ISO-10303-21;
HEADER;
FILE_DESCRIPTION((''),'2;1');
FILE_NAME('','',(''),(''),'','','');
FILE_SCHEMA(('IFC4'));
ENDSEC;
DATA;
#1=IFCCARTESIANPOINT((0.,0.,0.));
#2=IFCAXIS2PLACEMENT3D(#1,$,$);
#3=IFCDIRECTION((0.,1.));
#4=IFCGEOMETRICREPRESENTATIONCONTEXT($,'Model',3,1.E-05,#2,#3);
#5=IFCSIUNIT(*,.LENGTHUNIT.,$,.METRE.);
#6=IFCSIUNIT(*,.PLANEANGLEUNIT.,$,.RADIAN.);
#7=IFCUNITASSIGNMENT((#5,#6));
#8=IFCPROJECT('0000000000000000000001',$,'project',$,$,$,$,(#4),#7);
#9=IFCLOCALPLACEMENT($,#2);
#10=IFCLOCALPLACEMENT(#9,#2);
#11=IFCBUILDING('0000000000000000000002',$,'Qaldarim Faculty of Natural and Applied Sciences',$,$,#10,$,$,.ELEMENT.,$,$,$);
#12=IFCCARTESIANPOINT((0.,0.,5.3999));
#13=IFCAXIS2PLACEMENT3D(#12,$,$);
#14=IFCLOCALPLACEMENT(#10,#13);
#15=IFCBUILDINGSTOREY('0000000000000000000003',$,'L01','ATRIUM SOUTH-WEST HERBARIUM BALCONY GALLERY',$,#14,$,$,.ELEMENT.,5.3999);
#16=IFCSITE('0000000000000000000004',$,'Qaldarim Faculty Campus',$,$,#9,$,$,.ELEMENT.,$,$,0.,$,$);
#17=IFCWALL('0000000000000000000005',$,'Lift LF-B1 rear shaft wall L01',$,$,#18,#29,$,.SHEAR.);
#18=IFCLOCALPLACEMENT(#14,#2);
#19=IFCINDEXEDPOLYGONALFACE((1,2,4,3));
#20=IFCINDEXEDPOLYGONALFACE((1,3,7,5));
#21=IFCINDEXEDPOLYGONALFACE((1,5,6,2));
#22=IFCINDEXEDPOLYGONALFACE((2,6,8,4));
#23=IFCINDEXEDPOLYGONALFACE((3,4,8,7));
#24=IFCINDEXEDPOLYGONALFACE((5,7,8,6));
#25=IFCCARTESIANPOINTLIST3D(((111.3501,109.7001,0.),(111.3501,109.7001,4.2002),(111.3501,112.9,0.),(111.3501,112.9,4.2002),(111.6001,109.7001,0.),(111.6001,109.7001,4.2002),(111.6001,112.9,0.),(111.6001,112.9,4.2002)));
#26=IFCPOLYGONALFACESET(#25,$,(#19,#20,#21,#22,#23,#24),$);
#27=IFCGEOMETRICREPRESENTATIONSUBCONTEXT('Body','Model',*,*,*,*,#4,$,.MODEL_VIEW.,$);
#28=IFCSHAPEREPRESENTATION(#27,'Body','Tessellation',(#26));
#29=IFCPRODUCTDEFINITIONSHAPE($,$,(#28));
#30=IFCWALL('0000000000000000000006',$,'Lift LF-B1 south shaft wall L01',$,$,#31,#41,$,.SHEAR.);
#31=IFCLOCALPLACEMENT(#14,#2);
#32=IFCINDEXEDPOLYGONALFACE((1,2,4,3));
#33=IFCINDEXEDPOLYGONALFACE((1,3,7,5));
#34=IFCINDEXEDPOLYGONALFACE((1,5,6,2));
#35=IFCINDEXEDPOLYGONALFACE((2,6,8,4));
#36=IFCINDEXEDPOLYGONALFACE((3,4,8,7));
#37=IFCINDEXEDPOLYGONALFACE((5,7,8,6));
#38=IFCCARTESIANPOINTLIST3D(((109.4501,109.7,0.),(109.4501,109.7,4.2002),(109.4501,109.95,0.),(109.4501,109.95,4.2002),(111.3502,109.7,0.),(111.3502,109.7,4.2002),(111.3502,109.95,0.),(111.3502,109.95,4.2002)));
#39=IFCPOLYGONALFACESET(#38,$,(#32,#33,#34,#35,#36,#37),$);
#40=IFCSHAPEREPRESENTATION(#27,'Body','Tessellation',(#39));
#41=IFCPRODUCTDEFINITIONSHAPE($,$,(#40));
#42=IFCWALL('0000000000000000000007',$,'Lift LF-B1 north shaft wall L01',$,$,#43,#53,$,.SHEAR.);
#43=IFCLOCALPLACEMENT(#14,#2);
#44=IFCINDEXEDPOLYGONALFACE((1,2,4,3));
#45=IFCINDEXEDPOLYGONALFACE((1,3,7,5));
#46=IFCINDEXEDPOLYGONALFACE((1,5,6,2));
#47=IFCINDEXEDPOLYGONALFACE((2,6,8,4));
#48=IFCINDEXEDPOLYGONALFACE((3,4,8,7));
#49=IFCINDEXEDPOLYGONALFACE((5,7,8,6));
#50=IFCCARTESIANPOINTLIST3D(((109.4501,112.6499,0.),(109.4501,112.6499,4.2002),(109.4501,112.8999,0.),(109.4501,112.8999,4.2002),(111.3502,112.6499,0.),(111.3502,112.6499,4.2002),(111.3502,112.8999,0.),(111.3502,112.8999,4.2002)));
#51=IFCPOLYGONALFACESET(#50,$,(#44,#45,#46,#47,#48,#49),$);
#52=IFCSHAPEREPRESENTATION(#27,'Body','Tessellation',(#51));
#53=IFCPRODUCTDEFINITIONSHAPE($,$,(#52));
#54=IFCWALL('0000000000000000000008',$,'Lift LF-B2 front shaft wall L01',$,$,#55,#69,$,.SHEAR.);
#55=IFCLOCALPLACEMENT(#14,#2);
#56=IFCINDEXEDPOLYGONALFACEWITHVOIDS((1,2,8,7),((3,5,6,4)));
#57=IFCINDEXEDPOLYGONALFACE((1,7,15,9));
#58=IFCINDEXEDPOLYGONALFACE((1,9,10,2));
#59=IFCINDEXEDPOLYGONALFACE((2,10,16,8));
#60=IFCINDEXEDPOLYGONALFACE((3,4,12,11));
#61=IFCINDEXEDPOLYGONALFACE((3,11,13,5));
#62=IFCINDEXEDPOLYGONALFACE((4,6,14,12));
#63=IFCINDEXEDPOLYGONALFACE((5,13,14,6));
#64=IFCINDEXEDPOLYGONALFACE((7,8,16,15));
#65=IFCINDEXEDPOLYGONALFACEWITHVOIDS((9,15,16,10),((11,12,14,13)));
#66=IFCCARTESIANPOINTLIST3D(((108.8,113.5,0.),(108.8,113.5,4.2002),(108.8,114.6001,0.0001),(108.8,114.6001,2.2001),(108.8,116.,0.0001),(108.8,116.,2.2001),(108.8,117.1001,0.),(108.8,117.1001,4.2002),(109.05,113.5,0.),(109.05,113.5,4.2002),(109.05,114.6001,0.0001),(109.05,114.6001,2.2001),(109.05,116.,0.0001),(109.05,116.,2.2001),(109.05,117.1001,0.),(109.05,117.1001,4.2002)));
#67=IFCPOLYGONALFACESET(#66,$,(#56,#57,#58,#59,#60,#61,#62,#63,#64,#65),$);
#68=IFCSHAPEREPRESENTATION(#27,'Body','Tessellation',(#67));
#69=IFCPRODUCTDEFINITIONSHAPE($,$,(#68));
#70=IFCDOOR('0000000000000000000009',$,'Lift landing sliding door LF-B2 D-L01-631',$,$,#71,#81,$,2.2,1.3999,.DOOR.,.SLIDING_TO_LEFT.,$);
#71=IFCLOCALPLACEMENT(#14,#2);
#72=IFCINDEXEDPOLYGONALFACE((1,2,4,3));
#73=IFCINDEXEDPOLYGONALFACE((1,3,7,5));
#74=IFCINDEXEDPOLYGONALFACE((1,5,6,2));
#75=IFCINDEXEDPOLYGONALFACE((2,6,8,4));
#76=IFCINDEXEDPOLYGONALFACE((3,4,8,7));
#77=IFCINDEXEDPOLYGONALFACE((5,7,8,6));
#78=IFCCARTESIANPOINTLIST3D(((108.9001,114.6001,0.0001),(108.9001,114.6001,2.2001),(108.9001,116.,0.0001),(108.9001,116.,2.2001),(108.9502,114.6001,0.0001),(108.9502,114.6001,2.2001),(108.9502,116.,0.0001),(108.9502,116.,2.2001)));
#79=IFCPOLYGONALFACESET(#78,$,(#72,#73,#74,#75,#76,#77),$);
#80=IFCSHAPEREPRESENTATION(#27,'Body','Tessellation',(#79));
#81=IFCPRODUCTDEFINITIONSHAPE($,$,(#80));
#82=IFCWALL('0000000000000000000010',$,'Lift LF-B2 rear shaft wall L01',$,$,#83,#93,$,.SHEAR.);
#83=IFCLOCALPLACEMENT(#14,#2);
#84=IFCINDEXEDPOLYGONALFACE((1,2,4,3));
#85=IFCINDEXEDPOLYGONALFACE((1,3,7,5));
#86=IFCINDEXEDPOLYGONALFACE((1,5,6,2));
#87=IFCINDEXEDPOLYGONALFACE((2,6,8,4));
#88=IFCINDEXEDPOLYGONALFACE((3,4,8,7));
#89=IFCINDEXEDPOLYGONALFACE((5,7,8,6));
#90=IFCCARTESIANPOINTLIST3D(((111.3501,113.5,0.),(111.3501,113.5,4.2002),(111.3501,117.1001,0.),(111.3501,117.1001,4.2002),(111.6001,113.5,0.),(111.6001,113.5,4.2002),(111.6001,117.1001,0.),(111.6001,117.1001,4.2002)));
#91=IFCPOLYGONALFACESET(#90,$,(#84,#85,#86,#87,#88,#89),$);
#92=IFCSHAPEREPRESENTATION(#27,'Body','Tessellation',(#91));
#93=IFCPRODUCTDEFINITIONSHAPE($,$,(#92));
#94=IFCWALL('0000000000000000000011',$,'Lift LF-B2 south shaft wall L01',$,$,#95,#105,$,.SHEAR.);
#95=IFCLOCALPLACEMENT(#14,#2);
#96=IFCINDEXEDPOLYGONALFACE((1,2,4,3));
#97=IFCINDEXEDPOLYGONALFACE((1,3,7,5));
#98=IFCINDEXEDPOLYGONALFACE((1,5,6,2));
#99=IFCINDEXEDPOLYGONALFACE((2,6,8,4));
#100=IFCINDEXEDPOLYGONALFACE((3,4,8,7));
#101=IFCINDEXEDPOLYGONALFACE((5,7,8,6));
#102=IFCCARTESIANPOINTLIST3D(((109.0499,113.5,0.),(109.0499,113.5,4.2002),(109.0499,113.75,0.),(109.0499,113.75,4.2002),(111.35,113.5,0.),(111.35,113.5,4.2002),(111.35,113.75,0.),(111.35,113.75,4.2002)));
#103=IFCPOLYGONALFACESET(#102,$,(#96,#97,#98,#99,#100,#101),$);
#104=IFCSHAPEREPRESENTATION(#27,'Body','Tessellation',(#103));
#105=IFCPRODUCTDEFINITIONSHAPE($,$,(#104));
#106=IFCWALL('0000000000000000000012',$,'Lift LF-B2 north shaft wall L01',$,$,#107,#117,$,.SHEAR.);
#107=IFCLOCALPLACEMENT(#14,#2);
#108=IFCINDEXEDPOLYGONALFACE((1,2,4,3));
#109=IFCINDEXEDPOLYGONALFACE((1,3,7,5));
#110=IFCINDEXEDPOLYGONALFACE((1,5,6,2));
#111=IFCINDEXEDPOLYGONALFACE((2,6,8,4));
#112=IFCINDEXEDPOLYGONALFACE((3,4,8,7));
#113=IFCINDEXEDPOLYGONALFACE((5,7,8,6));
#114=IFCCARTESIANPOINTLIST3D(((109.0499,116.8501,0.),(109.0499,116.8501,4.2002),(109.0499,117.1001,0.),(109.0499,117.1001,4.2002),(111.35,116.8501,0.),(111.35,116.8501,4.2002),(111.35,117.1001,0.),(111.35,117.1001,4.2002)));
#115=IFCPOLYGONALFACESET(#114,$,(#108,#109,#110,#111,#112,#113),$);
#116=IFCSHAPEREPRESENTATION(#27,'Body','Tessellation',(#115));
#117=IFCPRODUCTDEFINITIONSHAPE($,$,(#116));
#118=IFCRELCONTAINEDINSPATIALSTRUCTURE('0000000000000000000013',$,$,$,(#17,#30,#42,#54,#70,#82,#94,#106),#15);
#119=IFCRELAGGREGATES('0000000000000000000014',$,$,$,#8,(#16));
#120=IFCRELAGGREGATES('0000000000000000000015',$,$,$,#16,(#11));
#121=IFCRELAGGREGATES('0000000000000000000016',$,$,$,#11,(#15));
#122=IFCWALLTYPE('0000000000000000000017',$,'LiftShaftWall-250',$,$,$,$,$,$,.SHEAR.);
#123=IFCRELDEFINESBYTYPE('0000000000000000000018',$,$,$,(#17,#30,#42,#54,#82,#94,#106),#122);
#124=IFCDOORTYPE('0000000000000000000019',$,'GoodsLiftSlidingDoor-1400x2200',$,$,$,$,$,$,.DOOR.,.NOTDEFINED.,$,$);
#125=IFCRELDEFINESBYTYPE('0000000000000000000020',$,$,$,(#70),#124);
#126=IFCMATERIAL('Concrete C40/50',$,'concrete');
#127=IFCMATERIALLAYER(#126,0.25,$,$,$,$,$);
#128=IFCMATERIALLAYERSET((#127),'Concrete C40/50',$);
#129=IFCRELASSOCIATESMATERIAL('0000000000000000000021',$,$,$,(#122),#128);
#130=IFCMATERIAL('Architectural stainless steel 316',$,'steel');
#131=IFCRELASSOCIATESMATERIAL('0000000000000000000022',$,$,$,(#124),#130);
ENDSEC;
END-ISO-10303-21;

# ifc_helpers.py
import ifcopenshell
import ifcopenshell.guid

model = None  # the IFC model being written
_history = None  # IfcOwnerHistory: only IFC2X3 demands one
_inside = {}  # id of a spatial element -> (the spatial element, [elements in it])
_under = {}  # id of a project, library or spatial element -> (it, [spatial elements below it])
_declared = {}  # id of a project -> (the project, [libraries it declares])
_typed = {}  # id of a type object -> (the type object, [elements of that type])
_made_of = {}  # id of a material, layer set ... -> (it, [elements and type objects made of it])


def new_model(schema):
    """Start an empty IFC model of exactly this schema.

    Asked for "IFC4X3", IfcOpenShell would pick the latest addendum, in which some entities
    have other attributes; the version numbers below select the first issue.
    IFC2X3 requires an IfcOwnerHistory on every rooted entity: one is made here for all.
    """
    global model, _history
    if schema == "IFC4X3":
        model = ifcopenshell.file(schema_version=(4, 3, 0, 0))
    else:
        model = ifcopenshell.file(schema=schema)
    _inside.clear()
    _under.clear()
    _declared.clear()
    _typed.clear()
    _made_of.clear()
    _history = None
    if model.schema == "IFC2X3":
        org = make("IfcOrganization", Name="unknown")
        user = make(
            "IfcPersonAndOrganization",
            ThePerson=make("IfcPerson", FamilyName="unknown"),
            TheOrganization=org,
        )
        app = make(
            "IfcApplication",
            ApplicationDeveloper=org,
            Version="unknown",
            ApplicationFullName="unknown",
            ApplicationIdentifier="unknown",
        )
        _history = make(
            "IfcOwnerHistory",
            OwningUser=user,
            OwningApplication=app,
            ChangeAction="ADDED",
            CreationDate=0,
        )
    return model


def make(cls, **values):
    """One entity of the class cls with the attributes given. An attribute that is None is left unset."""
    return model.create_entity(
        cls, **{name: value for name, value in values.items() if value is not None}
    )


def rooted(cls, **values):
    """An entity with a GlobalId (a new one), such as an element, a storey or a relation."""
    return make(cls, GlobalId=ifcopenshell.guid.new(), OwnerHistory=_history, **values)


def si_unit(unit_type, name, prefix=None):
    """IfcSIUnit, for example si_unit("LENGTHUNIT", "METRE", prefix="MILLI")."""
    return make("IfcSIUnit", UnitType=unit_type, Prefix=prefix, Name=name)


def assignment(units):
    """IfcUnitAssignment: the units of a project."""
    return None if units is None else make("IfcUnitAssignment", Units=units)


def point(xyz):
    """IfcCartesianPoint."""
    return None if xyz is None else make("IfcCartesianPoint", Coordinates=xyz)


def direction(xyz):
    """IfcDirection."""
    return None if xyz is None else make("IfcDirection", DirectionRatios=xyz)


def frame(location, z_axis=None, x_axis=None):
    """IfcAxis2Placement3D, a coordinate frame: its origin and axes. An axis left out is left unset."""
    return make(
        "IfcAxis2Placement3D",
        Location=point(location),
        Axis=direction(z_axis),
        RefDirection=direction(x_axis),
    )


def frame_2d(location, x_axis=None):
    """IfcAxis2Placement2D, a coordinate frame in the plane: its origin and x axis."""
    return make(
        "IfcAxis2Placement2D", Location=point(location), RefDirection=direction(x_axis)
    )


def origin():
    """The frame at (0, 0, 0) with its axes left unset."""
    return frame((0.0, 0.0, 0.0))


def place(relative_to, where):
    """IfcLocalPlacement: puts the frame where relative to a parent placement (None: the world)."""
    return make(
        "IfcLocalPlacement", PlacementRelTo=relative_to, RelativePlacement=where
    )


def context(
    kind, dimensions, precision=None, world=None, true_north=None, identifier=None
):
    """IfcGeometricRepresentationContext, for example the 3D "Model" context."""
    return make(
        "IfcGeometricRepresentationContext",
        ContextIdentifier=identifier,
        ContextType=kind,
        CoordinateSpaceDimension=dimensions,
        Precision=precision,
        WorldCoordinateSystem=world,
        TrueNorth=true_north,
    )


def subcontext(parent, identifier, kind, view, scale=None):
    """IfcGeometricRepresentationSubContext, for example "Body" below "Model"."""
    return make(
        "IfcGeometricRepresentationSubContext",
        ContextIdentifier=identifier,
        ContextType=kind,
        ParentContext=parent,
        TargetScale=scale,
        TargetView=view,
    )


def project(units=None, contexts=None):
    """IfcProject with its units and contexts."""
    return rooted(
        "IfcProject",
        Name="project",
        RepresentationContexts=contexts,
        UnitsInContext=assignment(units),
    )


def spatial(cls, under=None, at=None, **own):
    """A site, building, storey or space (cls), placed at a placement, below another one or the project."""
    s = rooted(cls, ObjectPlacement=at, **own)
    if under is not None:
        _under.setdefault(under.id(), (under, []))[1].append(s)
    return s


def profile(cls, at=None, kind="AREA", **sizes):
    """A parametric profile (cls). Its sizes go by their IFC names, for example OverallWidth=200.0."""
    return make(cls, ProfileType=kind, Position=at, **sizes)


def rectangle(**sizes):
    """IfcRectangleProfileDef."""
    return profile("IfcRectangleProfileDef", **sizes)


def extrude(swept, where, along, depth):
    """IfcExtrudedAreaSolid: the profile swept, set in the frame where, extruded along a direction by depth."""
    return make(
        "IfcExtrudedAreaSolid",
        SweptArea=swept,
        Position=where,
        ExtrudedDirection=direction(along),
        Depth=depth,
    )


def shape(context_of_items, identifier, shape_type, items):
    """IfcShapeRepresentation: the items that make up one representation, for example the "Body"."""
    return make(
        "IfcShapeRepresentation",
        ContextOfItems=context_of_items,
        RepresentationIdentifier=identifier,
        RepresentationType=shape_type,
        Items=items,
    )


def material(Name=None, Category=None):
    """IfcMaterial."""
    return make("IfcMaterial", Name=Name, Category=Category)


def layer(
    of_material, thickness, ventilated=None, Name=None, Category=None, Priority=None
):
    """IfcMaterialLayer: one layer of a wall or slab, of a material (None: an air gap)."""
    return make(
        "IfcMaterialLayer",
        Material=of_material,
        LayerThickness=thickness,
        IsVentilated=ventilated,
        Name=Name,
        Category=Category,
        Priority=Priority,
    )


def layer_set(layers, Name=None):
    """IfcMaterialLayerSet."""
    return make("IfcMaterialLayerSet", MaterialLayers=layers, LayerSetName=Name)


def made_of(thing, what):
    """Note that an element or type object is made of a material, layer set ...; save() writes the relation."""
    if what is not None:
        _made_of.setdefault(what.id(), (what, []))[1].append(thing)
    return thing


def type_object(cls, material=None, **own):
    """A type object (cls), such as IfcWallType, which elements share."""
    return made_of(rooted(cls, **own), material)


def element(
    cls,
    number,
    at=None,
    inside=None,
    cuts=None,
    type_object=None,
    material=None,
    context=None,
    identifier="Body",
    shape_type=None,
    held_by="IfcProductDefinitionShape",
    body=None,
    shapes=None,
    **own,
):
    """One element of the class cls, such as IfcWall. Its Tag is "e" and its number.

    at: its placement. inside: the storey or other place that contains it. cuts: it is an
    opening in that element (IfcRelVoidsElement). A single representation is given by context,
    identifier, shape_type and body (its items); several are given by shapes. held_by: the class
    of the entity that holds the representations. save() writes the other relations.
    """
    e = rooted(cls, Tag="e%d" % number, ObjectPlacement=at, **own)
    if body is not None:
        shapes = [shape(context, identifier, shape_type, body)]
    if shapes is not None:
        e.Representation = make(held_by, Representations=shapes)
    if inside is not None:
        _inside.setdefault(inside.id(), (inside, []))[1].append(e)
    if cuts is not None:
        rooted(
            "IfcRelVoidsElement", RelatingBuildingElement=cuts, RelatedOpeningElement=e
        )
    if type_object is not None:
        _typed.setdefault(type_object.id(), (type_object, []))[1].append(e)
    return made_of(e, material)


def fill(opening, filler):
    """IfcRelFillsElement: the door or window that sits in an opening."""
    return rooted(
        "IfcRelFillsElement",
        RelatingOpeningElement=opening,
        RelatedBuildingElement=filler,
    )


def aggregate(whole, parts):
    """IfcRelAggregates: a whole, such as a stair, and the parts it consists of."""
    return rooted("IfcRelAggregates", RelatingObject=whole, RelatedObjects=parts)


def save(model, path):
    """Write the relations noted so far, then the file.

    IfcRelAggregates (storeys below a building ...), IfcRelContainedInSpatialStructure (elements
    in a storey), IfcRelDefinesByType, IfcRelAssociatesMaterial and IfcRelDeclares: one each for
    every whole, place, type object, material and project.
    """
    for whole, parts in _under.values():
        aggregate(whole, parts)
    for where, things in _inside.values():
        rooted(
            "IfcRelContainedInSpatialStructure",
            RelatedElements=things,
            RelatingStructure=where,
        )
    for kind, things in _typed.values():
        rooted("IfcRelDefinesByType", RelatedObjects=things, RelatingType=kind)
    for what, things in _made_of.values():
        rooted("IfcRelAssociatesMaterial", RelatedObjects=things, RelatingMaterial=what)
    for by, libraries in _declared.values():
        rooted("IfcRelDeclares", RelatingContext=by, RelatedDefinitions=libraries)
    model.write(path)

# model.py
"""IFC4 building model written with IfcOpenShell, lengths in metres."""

from ifc_helpers import new_model, si_unit, direction, frame, frame_2d, origin, place, context, subcontext, project, spatial, rectangle, extrude, material, layer, layer_set, type_object, element, fill, save


model = new_model("IFC4")

# Units and contexts
model_context = context("Model", 3, precision=1e-05, world=origin(), true_north=direction((0.0, 1.0)))
body_context = subcontext(model_context, "Body", "Model", "MODEL_VIEW")
ifc_project = project(units=[si_unit("LENGTHUNIT", "METRE"), si_unit("PLANEANGLEUNIT", "RADIAN")], contexts=[model_context])

# Site, building, storey
site_placement = place(None, origin())
site = spatial("IfcSite", under=ifc_project, at=site_placement, Name="Qaldarim Faculty Campus", CompositionType="ELEMENT", RefElevation=0.0)
building_placement = place(site_placement, origin())
building = spatial("IfcBuilding", under=site, at=building_placement, Name="Qaldarim Faculty of Natural and Applied Sciences", CompositionType="ELEMENT")
storey_placement = place(building_placement, frame((0.0, 0.0, 5.3999)))
storey = spatial("IfcBuildingStorey", under=building, at=storey_placement, Name="L01", Description="ATRIUM SOUTH-WEST HERBARIUM BALCONY GALLERY", CompositionType="ELEMENT", Elevation=5.3999)

# Shared definitions
ifc_material_1 = material(Name="Concrete C40/50", Category="concrete")

# Shared definitions
ifc_material_2 = material(Name="Architectural stainless steel 316", Category="steel")
ifc_layer_1 = layer(ifc_material_1, 0.25)
ifc_layer_set_1 = layer_set([ifc_layer_1], Name="Concrete C40/50")
wall_type_1 = type_object("IfcWallType", Name="LiftShaftWall-250", PredefinedType="SHEAR", material=ifc_layer_set_1)

# Walls
wall_1_placement = place(storey_placement, frame((111.4751, 109.7, 0.0), z_axis=(0.0, 0.0, 1.0), x_axis=(0.0, 1.0, 0.0)))
element("IfcWall", 1, at=wall_1_placement, inside=storey, type_object=wall_type_1, Name="Lift LF-B1 rear shaft wall L01", PredefinedType="SHEAR", context=body_context, shape_type="SweptSolid", body=[
    extrude(rectangle(XDim=3.2, YDim=0.25, at=frame_2d((1.6001, 0.0))), origin(), (0.0, 0.0, 1.0), 4.2002),
])
for number, where, z_axis, x_axis, name in (
    (2, (109.45, 109.825, 0.0), (0.0, 0.0, 1.0), (1.0, 0.0, 0.0), "Lift LF-B1 south shaft wall L01"),
    (3, (109.45, 112.7749, 0.0), (0.0, 0.0, 1.0), (1.0, 0.0, 0.0), "Lift LF-B1 north shaft wall L01"),
):
    element("IfcWall", number, at=place(storey_placement, frame(where, z_axis=z_axis, x_axis=x_axis)), inside=storey, type_object=wall_type_1, Name=name, PredefinedType="SHEAR", context=body_context, shape_type="SweptSolid", body=[
        extrude(rectangle(XDim=1.9001, YDim=0.25, at=frame_2d((0.9502, 0.0))), origin(), (0.0, 0.0, 1.0), 4.2002),
    ])

# Wall, opening, door
wall_2_placement = place(storey_placement, frame((108.925, 113.5, 0.0), z_axis=(0.0, 0.0, 1.0), x_axis=(0.0, 1.0, 0.0)))
wall_2 = element("IfcWall", 4, at=wall_2_placement, inside=storey, type_object=wall_type_1, Name="Lift LF-B2 front shaft wall L01", PredefinedType="SHEAR", context=body_context, shape_type="SweptSolid", body=[
    extrude(rectangle(XDim=3.6001, YDim=0.25, at=frame_2d((1.8, 0.0))), origin(), (0.0, 0.0, 1.0), 4.2002),
])
opening_1_placement = place(wall_2_placement, frame((1.1001, 0.0, 0.0)))
opening_1 = element("IfcOpeningElement", 5, at=opening_1_placement, cuts=wall_2, PredefinedType="OPENING", context=body_context, shape_type="SweptSolid", body=[
    extrude(rectangle(XDim=1.3999, YDim=2.2, at=frame_2d((0.7, 1.1001))), frame((0.0, 0.135, 0.0), z_axis=(0.0, -1.0, 0.0), x_axis=(1.0, 0.0, 0.0)), (0.0, 0.0, 1.0), 0.27),
])
door_type_1 = type_object("IfcDoorType", Name="GoodsLiftSlidingDoor-1400x2200", OperationType="NOTDEFINED", PredefinedType="DOOR", material=ifc_material_2)
door_1_placement = place(opening_1_placement, origin())
door_1 = element("IfcDoor", 6, at=door_1_placement, inside=storey, type_object=door_type_1, Name="Lift landing sliding door LF-B2 D-L01-631", OperationType="SLIDING_TO_LEFT", OverallHeight=2.2, OverallWidth=1.3999, PredefinedType="DOOR", context=body_context, shape_type="SweptSolid", body=[
    extrude(rectangle(XDim=1.3999, YDim=2.2, at=frame_2d((0.7, 1.1001))), frame((0.0, 0.0249, 0.0), z_axis=(0.0, -1.0, 0.0), x_axis=(1.0, 0.0, 0.0)), (0.0, 0.0, 1.0), 0.05),
])
fill(opening_1, door_1)

# Walls
wall_3_placement = place(storey_placement, frame((111.4751, 113.5, 0.0), z_axis=(0.0, 0.0, 1.0), x_axis=(0.0, 1.0, 0.0)))
element("IfcWall", 7, at=wall_3_placement, inside=storey, type_object=wall_type_1, Name="Lift LF-B2 rear shaft wall L01", PredefinedType="SHEAR", context=body_context, shape_type="SweptSolid", body=[
    extrude(rectangle(XDim=3.6001, YDim=0.25, at=frame_2d((1.8, 0.0))), origin(), (0.0, 0.0, 1.0), 4.2002),
])
for number, where, z_axis, x_axis, name in (
    (8, (109.05, 113.625, 0.0), (0.0, 0.0, 1.0), (1.0, 0.0, 0.0), "Lift LF-B2 south shaft wall L01"),
    (9, (109.05, 116.9751, 0.0), (0.0, 0.0, 1.0), (1.0, 0.0, 0.0), "Lift LF-B2 north shaft wall L01"),
):
    element("IfcWall", number, at=place(storey_placement, frame(where, z_axis=z_axis, x_axis=x_axis)), inside=storey, type_object=wall_type_1, Name=name, PredefinedType="SHEAR", context=body_context, shape_type="SweptSolid", body=[
        extrude(rectangle(XDim=2.3, YDim=0.25, at=frame_2d((1.1499, 0.0))), origin(), (0.0, 0.0, 1.0), 4.2002),
    ])

save(model, "model.ifc")
